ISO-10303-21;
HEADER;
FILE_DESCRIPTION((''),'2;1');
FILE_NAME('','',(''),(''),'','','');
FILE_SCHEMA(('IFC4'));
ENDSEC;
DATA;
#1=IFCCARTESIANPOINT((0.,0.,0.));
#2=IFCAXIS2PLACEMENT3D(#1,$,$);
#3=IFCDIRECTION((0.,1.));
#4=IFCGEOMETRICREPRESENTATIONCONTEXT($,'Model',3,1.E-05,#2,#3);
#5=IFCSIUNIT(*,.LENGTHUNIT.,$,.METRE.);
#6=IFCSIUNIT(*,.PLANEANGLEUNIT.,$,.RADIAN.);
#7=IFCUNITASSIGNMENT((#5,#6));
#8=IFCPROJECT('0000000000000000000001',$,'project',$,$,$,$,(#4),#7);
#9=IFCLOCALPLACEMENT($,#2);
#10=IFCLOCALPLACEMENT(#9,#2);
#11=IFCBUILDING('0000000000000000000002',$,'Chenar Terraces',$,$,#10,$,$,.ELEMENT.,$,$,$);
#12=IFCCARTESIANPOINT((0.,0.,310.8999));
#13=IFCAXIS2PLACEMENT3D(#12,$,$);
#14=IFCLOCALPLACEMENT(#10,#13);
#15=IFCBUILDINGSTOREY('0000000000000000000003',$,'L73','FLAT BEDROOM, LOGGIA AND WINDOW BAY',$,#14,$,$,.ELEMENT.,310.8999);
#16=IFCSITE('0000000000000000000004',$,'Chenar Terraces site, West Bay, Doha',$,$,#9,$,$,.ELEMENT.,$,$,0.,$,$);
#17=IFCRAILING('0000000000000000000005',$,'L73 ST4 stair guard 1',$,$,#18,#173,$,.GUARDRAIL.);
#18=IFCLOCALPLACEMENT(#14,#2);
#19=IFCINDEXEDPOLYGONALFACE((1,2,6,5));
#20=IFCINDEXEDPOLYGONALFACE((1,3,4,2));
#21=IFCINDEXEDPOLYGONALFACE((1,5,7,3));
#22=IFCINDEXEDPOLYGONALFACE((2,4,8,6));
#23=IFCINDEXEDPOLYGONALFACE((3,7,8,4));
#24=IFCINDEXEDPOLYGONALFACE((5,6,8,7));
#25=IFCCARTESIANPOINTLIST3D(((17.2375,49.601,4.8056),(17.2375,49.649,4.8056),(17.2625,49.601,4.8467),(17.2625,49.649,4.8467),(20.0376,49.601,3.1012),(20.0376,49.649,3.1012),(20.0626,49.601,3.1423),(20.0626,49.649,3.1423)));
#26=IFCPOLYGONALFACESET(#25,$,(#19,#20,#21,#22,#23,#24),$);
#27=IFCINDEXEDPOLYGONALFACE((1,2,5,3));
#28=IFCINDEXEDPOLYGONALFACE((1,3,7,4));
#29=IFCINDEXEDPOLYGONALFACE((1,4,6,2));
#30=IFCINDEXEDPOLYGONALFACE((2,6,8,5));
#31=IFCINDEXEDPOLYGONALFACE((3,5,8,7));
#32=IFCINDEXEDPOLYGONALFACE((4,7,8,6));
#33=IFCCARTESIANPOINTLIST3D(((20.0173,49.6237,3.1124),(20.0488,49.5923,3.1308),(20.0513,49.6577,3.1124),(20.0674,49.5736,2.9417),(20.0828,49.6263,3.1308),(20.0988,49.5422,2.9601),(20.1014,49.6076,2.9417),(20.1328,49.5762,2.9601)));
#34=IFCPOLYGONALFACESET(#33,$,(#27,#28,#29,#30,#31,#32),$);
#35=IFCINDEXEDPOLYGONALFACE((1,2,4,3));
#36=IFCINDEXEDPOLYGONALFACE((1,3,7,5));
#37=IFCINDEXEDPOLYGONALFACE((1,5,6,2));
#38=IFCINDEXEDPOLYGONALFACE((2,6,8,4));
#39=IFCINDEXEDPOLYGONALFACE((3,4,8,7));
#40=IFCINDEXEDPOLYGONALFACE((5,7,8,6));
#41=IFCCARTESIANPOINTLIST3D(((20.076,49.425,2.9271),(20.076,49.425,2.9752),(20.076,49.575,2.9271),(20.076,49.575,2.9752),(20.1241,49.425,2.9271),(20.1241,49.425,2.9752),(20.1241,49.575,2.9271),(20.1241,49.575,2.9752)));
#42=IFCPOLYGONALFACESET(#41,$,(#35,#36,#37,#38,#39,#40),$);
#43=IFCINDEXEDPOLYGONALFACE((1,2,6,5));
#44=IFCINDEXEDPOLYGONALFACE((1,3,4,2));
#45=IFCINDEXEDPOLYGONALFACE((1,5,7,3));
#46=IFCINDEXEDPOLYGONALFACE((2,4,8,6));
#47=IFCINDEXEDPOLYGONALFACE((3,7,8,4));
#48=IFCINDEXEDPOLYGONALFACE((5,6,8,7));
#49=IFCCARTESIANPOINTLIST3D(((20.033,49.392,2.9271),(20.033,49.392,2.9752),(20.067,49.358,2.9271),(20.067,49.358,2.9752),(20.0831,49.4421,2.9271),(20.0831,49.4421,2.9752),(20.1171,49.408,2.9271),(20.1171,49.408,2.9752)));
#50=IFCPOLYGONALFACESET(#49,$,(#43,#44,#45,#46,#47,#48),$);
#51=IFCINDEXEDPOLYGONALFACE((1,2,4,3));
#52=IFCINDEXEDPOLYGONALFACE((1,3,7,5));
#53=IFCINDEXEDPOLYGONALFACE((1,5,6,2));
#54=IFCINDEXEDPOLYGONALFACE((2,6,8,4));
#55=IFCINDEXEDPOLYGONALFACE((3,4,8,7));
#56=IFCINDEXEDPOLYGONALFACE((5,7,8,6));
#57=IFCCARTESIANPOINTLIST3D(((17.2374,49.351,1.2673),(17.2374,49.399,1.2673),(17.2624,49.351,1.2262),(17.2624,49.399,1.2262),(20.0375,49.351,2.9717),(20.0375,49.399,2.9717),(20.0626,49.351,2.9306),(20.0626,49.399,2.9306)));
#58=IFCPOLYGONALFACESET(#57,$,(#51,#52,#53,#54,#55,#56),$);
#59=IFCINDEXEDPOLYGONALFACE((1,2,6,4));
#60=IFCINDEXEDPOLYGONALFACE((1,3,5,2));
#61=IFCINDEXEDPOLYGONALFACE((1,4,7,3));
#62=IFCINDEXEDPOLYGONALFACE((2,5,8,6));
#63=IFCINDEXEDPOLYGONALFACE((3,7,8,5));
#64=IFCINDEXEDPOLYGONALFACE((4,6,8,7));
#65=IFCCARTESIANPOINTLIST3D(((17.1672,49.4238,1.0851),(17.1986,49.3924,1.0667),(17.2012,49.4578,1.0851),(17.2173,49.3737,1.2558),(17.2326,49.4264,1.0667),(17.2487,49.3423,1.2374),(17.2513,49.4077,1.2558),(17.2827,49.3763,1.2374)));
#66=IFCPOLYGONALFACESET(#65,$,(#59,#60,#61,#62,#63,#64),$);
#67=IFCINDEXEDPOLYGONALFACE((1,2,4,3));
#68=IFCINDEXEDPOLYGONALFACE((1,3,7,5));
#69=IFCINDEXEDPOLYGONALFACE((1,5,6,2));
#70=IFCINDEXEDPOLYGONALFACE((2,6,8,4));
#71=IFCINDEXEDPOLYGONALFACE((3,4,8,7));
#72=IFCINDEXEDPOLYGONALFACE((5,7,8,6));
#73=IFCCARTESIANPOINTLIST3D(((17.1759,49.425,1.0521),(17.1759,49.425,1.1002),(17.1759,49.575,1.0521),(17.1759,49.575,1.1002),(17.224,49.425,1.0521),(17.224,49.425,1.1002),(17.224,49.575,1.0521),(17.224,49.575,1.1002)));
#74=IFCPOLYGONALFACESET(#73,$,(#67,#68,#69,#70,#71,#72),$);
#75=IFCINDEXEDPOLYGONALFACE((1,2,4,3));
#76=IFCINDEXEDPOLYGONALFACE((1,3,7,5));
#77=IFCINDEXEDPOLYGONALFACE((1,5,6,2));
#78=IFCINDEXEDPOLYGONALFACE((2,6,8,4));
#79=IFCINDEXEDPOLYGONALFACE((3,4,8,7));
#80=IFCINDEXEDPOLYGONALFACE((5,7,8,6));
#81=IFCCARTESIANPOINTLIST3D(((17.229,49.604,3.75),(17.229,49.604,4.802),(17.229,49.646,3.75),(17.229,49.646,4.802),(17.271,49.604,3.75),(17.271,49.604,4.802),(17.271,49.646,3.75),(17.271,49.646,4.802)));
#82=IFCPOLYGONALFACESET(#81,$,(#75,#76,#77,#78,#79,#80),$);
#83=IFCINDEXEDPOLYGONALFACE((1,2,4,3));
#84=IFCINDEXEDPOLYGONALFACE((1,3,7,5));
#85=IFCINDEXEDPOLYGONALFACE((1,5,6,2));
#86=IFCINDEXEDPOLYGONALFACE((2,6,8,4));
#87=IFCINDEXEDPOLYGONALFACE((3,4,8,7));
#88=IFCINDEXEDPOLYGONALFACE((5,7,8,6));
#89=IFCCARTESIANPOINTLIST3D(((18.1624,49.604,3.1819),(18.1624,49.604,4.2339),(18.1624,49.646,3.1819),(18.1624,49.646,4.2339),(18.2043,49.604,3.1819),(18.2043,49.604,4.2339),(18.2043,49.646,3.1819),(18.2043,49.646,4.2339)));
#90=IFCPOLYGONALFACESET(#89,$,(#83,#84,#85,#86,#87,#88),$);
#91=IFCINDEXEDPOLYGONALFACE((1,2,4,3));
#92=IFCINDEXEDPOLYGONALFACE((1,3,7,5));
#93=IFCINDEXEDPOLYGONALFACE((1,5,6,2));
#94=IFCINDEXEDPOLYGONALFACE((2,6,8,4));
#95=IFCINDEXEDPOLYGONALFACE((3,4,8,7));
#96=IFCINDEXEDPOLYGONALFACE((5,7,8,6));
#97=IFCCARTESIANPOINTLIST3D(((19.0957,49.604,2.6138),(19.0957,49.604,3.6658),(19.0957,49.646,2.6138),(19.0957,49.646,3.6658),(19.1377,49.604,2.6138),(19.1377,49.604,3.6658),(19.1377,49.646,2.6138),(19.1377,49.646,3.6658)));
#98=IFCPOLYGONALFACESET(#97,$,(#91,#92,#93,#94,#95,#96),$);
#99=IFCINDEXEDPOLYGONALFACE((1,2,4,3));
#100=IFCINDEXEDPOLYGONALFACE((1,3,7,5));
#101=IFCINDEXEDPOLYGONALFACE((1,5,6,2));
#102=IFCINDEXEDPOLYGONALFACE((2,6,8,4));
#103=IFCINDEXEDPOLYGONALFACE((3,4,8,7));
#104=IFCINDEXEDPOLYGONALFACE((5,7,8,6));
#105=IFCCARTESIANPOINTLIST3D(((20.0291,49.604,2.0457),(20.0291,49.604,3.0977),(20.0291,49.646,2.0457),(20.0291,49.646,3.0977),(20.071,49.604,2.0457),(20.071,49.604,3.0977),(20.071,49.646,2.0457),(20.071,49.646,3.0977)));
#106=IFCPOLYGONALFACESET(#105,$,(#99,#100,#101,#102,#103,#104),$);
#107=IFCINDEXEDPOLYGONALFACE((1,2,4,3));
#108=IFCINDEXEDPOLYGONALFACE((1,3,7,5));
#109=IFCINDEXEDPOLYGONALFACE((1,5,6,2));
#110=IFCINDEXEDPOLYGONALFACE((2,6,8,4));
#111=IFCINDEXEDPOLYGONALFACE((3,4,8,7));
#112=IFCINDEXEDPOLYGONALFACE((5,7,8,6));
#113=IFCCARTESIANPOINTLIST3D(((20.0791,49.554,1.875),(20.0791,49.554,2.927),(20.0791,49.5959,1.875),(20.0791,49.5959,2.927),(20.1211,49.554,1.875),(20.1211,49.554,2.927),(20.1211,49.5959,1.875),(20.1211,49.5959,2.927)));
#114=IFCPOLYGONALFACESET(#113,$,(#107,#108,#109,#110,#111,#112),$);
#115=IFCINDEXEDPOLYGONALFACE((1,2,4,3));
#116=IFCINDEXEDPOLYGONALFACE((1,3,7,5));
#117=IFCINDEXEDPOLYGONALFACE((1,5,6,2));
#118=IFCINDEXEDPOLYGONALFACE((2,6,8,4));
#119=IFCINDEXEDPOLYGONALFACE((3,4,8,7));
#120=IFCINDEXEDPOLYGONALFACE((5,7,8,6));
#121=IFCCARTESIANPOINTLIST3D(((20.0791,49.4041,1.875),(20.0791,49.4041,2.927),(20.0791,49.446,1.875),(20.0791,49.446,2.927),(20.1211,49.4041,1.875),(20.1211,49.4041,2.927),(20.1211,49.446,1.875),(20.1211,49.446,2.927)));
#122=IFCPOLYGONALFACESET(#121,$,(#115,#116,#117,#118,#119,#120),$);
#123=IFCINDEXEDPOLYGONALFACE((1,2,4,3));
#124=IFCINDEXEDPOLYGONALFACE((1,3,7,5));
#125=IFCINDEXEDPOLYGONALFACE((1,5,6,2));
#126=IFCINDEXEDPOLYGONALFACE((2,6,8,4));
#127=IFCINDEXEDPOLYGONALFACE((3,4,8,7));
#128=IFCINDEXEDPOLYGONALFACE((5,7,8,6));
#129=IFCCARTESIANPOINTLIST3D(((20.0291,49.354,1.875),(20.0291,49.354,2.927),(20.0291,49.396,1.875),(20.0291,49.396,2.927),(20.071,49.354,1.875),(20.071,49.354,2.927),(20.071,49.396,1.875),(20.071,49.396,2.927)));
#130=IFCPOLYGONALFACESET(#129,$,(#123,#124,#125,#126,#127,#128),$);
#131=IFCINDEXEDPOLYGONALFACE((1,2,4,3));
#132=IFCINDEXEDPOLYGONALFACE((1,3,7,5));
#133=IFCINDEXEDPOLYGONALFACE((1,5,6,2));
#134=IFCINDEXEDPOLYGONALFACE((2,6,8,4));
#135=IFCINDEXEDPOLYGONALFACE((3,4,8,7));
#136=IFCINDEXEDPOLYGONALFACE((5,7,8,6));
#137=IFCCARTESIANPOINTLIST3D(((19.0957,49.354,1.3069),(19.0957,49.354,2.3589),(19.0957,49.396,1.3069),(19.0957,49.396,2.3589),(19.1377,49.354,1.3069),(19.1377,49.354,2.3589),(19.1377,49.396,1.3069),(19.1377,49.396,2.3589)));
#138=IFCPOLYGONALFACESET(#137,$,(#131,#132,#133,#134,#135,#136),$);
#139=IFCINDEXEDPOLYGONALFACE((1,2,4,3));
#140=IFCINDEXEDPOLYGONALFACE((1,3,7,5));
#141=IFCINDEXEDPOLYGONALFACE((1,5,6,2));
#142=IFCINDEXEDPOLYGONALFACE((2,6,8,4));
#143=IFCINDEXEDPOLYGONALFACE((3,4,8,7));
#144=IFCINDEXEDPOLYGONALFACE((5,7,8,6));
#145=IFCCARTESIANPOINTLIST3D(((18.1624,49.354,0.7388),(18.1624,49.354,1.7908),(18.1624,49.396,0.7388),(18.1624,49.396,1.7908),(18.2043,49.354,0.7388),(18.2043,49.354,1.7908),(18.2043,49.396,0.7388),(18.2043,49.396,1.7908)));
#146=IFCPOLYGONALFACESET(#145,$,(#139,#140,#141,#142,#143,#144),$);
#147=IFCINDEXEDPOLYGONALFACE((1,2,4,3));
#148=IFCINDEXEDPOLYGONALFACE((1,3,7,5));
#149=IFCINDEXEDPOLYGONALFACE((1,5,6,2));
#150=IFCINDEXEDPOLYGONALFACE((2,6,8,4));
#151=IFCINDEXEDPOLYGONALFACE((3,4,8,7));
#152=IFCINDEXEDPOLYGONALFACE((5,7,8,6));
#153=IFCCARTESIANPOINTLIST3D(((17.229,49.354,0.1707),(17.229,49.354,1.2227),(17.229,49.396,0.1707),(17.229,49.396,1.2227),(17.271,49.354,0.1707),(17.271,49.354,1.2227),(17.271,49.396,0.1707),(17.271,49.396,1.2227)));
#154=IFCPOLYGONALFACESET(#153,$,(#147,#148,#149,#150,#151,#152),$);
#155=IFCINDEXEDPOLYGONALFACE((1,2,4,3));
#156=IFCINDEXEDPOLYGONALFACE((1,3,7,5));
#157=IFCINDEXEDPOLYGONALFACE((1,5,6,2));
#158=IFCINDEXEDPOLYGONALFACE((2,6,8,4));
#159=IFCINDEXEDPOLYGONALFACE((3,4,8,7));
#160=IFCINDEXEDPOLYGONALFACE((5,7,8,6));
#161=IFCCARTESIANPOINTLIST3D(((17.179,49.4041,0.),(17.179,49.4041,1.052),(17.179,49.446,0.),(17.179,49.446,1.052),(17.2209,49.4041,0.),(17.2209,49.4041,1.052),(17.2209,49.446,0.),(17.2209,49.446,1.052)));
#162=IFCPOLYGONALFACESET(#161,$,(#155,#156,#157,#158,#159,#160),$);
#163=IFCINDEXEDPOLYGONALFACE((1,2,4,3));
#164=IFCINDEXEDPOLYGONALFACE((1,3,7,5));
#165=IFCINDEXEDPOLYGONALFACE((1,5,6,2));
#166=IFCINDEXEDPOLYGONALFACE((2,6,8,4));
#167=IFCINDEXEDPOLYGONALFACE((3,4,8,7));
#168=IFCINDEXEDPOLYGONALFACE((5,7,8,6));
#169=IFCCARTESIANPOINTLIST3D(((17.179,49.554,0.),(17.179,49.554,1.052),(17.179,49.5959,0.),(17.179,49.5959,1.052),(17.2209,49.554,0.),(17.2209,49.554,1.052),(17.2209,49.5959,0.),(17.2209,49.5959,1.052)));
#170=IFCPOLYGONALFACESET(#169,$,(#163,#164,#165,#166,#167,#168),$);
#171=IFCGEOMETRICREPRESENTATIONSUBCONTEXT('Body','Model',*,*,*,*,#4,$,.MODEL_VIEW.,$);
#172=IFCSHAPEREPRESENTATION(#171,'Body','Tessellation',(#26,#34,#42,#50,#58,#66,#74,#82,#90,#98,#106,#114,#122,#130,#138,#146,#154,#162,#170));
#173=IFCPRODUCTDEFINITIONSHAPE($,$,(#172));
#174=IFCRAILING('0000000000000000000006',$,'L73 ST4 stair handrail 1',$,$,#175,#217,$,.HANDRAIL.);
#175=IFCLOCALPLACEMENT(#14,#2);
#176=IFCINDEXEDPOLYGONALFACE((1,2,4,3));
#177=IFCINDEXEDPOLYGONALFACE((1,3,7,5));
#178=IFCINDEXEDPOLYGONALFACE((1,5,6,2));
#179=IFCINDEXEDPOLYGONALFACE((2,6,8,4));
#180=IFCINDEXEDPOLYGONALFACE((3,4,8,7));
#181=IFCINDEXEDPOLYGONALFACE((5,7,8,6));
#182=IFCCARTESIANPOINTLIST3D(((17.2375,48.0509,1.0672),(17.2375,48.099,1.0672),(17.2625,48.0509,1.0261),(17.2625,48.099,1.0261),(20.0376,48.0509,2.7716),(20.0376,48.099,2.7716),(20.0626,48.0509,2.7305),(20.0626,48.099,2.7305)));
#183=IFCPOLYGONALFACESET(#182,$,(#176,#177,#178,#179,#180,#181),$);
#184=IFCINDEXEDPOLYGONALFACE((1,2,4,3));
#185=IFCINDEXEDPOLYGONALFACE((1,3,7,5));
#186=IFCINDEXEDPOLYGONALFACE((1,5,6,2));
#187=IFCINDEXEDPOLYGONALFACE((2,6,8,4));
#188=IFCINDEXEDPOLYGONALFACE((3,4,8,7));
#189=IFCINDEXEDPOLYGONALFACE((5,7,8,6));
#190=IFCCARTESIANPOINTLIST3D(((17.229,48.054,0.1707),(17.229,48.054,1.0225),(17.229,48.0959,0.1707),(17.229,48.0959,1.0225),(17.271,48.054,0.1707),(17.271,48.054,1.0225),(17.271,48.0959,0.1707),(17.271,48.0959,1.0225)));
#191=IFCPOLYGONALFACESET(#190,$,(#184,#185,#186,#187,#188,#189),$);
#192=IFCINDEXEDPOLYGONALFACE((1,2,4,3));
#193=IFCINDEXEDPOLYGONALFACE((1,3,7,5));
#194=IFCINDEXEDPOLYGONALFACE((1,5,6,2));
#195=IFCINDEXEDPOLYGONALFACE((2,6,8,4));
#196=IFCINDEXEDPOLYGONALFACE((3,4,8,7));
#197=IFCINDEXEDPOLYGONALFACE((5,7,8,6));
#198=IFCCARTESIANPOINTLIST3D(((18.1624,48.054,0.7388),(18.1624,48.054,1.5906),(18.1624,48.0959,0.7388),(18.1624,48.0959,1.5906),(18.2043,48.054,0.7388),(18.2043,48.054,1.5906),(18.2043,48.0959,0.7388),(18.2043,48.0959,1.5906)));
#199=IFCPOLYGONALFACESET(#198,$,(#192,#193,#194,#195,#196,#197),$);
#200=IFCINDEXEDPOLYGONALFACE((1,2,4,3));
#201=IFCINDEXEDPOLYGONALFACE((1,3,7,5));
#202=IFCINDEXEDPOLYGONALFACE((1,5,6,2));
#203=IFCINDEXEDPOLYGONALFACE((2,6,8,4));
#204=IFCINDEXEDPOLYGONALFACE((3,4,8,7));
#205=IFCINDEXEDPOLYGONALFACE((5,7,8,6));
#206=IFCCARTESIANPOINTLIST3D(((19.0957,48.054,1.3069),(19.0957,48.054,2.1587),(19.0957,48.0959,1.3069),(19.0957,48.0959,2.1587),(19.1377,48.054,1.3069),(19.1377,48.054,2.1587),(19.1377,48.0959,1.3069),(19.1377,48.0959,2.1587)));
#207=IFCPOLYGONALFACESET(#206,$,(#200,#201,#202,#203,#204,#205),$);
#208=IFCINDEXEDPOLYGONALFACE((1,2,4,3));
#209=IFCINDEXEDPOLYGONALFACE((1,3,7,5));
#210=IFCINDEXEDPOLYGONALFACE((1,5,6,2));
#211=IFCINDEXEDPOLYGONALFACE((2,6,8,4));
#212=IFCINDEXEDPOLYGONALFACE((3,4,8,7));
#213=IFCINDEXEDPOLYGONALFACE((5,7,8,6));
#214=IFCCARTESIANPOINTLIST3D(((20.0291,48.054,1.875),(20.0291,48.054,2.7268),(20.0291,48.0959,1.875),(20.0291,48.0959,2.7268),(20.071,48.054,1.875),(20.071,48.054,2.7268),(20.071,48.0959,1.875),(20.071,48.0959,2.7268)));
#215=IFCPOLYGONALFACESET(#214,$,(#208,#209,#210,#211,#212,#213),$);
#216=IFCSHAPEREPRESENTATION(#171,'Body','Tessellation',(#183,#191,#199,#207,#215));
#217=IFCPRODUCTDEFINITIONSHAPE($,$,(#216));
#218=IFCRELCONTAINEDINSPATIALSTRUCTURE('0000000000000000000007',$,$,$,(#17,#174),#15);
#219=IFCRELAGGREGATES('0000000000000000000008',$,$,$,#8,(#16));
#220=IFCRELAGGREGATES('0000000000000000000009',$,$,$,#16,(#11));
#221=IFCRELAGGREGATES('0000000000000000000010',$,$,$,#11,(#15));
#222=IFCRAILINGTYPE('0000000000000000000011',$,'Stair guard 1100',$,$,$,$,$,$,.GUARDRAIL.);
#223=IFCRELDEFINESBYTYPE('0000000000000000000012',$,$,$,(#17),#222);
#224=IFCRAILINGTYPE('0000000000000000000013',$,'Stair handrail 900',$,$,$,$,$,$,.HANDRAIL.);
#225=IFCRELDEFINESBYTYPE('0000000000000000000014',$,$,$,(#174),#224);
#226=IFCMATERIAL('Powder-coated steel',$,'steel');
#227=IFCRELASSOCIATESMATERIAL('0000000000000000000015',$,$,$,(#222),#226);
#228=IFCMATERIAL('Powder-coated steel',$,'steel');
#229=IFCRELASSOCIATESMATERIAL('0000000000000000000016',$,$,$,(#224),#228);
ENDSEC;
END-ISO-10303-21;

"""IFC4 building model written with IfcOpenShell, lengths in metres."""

from ifc_helpers import new_model, si_unit, direction, frame, origin, origin_2d, place, context, subcontext, project, spatial, rectangle, extrude, material, type_object, element, save


model = new_model("IFC4")

# Units and contexts
model_context = context("Model", 3, precision=1e-05, world=origin(), true_north=direction((0.0, 1.0)))
body_context = subcontext(model_context, "Body", "Model", "MODEL_VIEW")
ifc_project = project(units=[si_unit("LENGTHUNIT", "METRE"), si_unit("PLANEANGLEUNIT", "RADIAN")], contexts=[model_context])

# Site, building, storey
site_placement = place(None, origin())
site = spatial("IfcSite", under=ifc_project, at=site_placement, Name="Chenar Terraces site, West Bay, Doha", CompositionType="ELEMENT", RefElevation=0.0)
building_placement = place(site_placement, origin())
building = spatial("IfcBuilding", under=site, at=building_placement, Name="Chenar Terraces", CompositionType="ELEMENT")
storey_placement = place(building_placement, frame((0.0, 0.0, 310.8999)))
storey = spatial("IfcBuildingStorey", under=building, at=storey_placement, Name="L73", Description="FLAT BEDROOM, LOGGIA AND WINDOW BAY", CompositionType="ELEMENT", Elevation=310.8999)

# Railings
ifc_material_1 = material(Name="Powder-coated steel", Category="steel")
railing_type_1 = type_object("IfcRailingType", Name="Stair guard 1100", PredefinedType="GUARDRAIL", material=ifc_material_1)
railing_1_placement = place(storey_placement, frame((17.25, 49.625, 3.75)))
element("IfcRailing", 1, at=railing_1_placement, inside=storey, type_object=railing_type_1, Name="L73 ST4 stair guard 1", PredefinedType="GUARDRAIL", context=body_context, shape_type="SweptSolid", body=[
    extrude(rectangle(XDim=0.0481, YDim=0.0481, at=origin_2d()), frame((0.0, 0.0, 1.0762), z_axis=(0.854203, 0.0, -0.51994), x_axis=(0.0, 1.0, 0.0)), (0.0, 0.0, 1.0), 3.2781),
    extrude(rectangle(XDim=0.0481, YDim=0.0481, at=origin_2d()), frame((2.8, 0.0, -0.6284), z_axis=(0.2709, -0.2709, -0.923703), x_axis=(0.707107, 0.707107, 0.0)), (0.0, 0.0, 1.0), 0.1848),
    extrude(rectangle(XDim=0.0481, YDim=0.0481, at=origin_2d()), frame((2.8501, -0.05, -0.7988), z_axis=(0.0, -1.0, 0.0), x_axis=(1.0, 0.0, 0.0)), (0.0, 0.0, 1.0), 0.1499),
    extrude(rectangle(XDim=0.0481, YDim=0.0481, at=origin_2d()), frame((2.8501, -0.2, -0.7988), z_axis=(-0.707107, -0.707107, 0.0), x_axis=(0.707107, -0.707107, 0.0)), (0.0, 0.0, 1.0), 0.0708),
    extrude(rectangle(XDim=0.0481, YDim=0.0481, at=origin_2d()), frame((2.8, -0.25, -0.7988), z_axis=(-0.854203, 0.0, -0.51994), x_axis=(0.0, -1.0, 0.0)), (0.0, 0.0, 1.0), 3.2781),
    extrude(rectangle(XDim=0.0481, YDim=0.0481, at=origin_2d()), frame((0.0, -0.25, -2.5034), z_axis=(-0.2709, 0.2709, -0.923703), x_axis=(-0.707107, -0.707107, 0.0)), (0.0, 0.0, 1.0), 0.1848),
    extrude(rectangle(XDim=0.0481, YDim=0.0481, at=origin_2d()), frame((-0.05, -0.2, -2.6738), z_axis=(0.0, 1.0, 0.0), x_axis=(-1.0, 0.0, 0.0)), (0.0, 0.0, 1.0), 0.1499),
    extrude(rectangle(XDim=0.042, YDim=0.042, at=origin_2d()), origin(), (0.0, 0.0, 1.0), 1.052),
    extrude(rectangle(XDim=0.042, YDim=0.042, at=origin_2d()), frame((0.9333, 0.0, -0.5681)), (0.0, 0.0, 1.0), 1.052),
    extrude(rectangle(XDim=0.042, YDim=0.042, at=origin_2d()), frame((1.8667, 0.0, -1.1362)), (0.0, 0.0, 1.0), 1.052),
    extrude(rectangle(XDim=0.042, YDim=0.042, at=origin_2d()), frame((2.8, 0.0, -1.7043)), (0.0, 0.0, 1.0), 1.052),
    extrude(rectangle(XDim=0.042, YDim=0.042, at=origin_2d()), frame((2.8501, -0.05, -1.875)), (0.0, 0.0, 1.0), 1.052),
    extrude(rectangle(XDim=0.042, YDim=0.042, at=origin_2d()), frame((2.8501, -0.2, -1.875)), (0.0, 0.0, 1.0), 1.052),
    extrude(rectangle(XDim=0.042, YDim=0.042, at=origin_2d()), frame((2.8, -0.25, -1.875)), (0.0, 0.0, 1.0), 1.052),
    extrude(rectangle(XDim=0.042, YDim=0.042, at=origin_2d()), frame((1.8667, -0.25, -2.4431)), (0.0, 0.0, 1.0), 1.052),
    extrude(rectangle(XDim=0.042, YDim=0.042, at=origin_2d()), frame((0.9333, -0.25, -3.0112)), (0.0, 0.0, 1.0), 1.052),
    extrude(rectangle(XDim=0.042, YDim=0.042, at=origin_2d()), frame((0.0, -0.25, -3.5793)), (0.0, 0.0, 1.0), 1.052),
    extrude(rectangle(XDim=0.042, YDim=0.042, at=origin_2d()), frame((-0.05, -0.2, -3.75)), (0.0, 0.0, 1.0), 1.052),
    extrude(rectangle(XDim=0.042, YDim=0.042, at=origin_2d()), frame((-0.05, -0.05, -3.75)), (0.0, 0.0, 1.0), 1.052),
])
ifc_material_2 = material(Name="Powder-coated steel", Category="steel")
railing_type_2 = type_object("IfcRailingType", Name="Stair handrail 900", PredefinedType="HANDRAIL", material=ifc_material_2)
railing_2_placement = place(storey_placement, frame((17.25, 48.075, 0.1707)))
element("IfcRailing", 2, at=railing_2_placement, inside=storey, type_object=railing_type_2, Name="L73 ST4 stair handrail 1", PredefinedType="HANDRAIL", context=body_context, shape_type="SweptSolid", body=[
    extrude(rectangle(XDim=0.0481, YDim=0.0481, at=origin_2d()), frame((0.0, 0.0, 0.876), z_axis=(0.854203, 0.0, 0.51994), x_axis=(0.0, 1.0, 0.0)), (0.0, 0.0, 1.0), 3.2781),
    extrude(rectangle(XDim=0.042, YDim=0.042, at=origin_2d()), origin(), (0.0, 0.0, 1.0), 0.8518),
    extrude(rectangle(XDim=0.042, YDim=0.042, at=origin_2d()), frame((0.9333, 0.0, 0.5681)), (0.0, 0.0, 1.0), 0.8518),
    extrude(rectangle(XDim=0.042, YDim=0.042, at=origin_2d()), frame((1.8667, 0.0, 1.1362)), (0.0, 0.0, 1.0), 0.8518),
    extrude(rectangle(XDim=0.042, YDim=0.042, at=origin_2d()), frame((2.8, 0.0, 1.7043)), (0.0, 0.0, 1.0), 0.8518),
])

save(model, "model.ifc")
